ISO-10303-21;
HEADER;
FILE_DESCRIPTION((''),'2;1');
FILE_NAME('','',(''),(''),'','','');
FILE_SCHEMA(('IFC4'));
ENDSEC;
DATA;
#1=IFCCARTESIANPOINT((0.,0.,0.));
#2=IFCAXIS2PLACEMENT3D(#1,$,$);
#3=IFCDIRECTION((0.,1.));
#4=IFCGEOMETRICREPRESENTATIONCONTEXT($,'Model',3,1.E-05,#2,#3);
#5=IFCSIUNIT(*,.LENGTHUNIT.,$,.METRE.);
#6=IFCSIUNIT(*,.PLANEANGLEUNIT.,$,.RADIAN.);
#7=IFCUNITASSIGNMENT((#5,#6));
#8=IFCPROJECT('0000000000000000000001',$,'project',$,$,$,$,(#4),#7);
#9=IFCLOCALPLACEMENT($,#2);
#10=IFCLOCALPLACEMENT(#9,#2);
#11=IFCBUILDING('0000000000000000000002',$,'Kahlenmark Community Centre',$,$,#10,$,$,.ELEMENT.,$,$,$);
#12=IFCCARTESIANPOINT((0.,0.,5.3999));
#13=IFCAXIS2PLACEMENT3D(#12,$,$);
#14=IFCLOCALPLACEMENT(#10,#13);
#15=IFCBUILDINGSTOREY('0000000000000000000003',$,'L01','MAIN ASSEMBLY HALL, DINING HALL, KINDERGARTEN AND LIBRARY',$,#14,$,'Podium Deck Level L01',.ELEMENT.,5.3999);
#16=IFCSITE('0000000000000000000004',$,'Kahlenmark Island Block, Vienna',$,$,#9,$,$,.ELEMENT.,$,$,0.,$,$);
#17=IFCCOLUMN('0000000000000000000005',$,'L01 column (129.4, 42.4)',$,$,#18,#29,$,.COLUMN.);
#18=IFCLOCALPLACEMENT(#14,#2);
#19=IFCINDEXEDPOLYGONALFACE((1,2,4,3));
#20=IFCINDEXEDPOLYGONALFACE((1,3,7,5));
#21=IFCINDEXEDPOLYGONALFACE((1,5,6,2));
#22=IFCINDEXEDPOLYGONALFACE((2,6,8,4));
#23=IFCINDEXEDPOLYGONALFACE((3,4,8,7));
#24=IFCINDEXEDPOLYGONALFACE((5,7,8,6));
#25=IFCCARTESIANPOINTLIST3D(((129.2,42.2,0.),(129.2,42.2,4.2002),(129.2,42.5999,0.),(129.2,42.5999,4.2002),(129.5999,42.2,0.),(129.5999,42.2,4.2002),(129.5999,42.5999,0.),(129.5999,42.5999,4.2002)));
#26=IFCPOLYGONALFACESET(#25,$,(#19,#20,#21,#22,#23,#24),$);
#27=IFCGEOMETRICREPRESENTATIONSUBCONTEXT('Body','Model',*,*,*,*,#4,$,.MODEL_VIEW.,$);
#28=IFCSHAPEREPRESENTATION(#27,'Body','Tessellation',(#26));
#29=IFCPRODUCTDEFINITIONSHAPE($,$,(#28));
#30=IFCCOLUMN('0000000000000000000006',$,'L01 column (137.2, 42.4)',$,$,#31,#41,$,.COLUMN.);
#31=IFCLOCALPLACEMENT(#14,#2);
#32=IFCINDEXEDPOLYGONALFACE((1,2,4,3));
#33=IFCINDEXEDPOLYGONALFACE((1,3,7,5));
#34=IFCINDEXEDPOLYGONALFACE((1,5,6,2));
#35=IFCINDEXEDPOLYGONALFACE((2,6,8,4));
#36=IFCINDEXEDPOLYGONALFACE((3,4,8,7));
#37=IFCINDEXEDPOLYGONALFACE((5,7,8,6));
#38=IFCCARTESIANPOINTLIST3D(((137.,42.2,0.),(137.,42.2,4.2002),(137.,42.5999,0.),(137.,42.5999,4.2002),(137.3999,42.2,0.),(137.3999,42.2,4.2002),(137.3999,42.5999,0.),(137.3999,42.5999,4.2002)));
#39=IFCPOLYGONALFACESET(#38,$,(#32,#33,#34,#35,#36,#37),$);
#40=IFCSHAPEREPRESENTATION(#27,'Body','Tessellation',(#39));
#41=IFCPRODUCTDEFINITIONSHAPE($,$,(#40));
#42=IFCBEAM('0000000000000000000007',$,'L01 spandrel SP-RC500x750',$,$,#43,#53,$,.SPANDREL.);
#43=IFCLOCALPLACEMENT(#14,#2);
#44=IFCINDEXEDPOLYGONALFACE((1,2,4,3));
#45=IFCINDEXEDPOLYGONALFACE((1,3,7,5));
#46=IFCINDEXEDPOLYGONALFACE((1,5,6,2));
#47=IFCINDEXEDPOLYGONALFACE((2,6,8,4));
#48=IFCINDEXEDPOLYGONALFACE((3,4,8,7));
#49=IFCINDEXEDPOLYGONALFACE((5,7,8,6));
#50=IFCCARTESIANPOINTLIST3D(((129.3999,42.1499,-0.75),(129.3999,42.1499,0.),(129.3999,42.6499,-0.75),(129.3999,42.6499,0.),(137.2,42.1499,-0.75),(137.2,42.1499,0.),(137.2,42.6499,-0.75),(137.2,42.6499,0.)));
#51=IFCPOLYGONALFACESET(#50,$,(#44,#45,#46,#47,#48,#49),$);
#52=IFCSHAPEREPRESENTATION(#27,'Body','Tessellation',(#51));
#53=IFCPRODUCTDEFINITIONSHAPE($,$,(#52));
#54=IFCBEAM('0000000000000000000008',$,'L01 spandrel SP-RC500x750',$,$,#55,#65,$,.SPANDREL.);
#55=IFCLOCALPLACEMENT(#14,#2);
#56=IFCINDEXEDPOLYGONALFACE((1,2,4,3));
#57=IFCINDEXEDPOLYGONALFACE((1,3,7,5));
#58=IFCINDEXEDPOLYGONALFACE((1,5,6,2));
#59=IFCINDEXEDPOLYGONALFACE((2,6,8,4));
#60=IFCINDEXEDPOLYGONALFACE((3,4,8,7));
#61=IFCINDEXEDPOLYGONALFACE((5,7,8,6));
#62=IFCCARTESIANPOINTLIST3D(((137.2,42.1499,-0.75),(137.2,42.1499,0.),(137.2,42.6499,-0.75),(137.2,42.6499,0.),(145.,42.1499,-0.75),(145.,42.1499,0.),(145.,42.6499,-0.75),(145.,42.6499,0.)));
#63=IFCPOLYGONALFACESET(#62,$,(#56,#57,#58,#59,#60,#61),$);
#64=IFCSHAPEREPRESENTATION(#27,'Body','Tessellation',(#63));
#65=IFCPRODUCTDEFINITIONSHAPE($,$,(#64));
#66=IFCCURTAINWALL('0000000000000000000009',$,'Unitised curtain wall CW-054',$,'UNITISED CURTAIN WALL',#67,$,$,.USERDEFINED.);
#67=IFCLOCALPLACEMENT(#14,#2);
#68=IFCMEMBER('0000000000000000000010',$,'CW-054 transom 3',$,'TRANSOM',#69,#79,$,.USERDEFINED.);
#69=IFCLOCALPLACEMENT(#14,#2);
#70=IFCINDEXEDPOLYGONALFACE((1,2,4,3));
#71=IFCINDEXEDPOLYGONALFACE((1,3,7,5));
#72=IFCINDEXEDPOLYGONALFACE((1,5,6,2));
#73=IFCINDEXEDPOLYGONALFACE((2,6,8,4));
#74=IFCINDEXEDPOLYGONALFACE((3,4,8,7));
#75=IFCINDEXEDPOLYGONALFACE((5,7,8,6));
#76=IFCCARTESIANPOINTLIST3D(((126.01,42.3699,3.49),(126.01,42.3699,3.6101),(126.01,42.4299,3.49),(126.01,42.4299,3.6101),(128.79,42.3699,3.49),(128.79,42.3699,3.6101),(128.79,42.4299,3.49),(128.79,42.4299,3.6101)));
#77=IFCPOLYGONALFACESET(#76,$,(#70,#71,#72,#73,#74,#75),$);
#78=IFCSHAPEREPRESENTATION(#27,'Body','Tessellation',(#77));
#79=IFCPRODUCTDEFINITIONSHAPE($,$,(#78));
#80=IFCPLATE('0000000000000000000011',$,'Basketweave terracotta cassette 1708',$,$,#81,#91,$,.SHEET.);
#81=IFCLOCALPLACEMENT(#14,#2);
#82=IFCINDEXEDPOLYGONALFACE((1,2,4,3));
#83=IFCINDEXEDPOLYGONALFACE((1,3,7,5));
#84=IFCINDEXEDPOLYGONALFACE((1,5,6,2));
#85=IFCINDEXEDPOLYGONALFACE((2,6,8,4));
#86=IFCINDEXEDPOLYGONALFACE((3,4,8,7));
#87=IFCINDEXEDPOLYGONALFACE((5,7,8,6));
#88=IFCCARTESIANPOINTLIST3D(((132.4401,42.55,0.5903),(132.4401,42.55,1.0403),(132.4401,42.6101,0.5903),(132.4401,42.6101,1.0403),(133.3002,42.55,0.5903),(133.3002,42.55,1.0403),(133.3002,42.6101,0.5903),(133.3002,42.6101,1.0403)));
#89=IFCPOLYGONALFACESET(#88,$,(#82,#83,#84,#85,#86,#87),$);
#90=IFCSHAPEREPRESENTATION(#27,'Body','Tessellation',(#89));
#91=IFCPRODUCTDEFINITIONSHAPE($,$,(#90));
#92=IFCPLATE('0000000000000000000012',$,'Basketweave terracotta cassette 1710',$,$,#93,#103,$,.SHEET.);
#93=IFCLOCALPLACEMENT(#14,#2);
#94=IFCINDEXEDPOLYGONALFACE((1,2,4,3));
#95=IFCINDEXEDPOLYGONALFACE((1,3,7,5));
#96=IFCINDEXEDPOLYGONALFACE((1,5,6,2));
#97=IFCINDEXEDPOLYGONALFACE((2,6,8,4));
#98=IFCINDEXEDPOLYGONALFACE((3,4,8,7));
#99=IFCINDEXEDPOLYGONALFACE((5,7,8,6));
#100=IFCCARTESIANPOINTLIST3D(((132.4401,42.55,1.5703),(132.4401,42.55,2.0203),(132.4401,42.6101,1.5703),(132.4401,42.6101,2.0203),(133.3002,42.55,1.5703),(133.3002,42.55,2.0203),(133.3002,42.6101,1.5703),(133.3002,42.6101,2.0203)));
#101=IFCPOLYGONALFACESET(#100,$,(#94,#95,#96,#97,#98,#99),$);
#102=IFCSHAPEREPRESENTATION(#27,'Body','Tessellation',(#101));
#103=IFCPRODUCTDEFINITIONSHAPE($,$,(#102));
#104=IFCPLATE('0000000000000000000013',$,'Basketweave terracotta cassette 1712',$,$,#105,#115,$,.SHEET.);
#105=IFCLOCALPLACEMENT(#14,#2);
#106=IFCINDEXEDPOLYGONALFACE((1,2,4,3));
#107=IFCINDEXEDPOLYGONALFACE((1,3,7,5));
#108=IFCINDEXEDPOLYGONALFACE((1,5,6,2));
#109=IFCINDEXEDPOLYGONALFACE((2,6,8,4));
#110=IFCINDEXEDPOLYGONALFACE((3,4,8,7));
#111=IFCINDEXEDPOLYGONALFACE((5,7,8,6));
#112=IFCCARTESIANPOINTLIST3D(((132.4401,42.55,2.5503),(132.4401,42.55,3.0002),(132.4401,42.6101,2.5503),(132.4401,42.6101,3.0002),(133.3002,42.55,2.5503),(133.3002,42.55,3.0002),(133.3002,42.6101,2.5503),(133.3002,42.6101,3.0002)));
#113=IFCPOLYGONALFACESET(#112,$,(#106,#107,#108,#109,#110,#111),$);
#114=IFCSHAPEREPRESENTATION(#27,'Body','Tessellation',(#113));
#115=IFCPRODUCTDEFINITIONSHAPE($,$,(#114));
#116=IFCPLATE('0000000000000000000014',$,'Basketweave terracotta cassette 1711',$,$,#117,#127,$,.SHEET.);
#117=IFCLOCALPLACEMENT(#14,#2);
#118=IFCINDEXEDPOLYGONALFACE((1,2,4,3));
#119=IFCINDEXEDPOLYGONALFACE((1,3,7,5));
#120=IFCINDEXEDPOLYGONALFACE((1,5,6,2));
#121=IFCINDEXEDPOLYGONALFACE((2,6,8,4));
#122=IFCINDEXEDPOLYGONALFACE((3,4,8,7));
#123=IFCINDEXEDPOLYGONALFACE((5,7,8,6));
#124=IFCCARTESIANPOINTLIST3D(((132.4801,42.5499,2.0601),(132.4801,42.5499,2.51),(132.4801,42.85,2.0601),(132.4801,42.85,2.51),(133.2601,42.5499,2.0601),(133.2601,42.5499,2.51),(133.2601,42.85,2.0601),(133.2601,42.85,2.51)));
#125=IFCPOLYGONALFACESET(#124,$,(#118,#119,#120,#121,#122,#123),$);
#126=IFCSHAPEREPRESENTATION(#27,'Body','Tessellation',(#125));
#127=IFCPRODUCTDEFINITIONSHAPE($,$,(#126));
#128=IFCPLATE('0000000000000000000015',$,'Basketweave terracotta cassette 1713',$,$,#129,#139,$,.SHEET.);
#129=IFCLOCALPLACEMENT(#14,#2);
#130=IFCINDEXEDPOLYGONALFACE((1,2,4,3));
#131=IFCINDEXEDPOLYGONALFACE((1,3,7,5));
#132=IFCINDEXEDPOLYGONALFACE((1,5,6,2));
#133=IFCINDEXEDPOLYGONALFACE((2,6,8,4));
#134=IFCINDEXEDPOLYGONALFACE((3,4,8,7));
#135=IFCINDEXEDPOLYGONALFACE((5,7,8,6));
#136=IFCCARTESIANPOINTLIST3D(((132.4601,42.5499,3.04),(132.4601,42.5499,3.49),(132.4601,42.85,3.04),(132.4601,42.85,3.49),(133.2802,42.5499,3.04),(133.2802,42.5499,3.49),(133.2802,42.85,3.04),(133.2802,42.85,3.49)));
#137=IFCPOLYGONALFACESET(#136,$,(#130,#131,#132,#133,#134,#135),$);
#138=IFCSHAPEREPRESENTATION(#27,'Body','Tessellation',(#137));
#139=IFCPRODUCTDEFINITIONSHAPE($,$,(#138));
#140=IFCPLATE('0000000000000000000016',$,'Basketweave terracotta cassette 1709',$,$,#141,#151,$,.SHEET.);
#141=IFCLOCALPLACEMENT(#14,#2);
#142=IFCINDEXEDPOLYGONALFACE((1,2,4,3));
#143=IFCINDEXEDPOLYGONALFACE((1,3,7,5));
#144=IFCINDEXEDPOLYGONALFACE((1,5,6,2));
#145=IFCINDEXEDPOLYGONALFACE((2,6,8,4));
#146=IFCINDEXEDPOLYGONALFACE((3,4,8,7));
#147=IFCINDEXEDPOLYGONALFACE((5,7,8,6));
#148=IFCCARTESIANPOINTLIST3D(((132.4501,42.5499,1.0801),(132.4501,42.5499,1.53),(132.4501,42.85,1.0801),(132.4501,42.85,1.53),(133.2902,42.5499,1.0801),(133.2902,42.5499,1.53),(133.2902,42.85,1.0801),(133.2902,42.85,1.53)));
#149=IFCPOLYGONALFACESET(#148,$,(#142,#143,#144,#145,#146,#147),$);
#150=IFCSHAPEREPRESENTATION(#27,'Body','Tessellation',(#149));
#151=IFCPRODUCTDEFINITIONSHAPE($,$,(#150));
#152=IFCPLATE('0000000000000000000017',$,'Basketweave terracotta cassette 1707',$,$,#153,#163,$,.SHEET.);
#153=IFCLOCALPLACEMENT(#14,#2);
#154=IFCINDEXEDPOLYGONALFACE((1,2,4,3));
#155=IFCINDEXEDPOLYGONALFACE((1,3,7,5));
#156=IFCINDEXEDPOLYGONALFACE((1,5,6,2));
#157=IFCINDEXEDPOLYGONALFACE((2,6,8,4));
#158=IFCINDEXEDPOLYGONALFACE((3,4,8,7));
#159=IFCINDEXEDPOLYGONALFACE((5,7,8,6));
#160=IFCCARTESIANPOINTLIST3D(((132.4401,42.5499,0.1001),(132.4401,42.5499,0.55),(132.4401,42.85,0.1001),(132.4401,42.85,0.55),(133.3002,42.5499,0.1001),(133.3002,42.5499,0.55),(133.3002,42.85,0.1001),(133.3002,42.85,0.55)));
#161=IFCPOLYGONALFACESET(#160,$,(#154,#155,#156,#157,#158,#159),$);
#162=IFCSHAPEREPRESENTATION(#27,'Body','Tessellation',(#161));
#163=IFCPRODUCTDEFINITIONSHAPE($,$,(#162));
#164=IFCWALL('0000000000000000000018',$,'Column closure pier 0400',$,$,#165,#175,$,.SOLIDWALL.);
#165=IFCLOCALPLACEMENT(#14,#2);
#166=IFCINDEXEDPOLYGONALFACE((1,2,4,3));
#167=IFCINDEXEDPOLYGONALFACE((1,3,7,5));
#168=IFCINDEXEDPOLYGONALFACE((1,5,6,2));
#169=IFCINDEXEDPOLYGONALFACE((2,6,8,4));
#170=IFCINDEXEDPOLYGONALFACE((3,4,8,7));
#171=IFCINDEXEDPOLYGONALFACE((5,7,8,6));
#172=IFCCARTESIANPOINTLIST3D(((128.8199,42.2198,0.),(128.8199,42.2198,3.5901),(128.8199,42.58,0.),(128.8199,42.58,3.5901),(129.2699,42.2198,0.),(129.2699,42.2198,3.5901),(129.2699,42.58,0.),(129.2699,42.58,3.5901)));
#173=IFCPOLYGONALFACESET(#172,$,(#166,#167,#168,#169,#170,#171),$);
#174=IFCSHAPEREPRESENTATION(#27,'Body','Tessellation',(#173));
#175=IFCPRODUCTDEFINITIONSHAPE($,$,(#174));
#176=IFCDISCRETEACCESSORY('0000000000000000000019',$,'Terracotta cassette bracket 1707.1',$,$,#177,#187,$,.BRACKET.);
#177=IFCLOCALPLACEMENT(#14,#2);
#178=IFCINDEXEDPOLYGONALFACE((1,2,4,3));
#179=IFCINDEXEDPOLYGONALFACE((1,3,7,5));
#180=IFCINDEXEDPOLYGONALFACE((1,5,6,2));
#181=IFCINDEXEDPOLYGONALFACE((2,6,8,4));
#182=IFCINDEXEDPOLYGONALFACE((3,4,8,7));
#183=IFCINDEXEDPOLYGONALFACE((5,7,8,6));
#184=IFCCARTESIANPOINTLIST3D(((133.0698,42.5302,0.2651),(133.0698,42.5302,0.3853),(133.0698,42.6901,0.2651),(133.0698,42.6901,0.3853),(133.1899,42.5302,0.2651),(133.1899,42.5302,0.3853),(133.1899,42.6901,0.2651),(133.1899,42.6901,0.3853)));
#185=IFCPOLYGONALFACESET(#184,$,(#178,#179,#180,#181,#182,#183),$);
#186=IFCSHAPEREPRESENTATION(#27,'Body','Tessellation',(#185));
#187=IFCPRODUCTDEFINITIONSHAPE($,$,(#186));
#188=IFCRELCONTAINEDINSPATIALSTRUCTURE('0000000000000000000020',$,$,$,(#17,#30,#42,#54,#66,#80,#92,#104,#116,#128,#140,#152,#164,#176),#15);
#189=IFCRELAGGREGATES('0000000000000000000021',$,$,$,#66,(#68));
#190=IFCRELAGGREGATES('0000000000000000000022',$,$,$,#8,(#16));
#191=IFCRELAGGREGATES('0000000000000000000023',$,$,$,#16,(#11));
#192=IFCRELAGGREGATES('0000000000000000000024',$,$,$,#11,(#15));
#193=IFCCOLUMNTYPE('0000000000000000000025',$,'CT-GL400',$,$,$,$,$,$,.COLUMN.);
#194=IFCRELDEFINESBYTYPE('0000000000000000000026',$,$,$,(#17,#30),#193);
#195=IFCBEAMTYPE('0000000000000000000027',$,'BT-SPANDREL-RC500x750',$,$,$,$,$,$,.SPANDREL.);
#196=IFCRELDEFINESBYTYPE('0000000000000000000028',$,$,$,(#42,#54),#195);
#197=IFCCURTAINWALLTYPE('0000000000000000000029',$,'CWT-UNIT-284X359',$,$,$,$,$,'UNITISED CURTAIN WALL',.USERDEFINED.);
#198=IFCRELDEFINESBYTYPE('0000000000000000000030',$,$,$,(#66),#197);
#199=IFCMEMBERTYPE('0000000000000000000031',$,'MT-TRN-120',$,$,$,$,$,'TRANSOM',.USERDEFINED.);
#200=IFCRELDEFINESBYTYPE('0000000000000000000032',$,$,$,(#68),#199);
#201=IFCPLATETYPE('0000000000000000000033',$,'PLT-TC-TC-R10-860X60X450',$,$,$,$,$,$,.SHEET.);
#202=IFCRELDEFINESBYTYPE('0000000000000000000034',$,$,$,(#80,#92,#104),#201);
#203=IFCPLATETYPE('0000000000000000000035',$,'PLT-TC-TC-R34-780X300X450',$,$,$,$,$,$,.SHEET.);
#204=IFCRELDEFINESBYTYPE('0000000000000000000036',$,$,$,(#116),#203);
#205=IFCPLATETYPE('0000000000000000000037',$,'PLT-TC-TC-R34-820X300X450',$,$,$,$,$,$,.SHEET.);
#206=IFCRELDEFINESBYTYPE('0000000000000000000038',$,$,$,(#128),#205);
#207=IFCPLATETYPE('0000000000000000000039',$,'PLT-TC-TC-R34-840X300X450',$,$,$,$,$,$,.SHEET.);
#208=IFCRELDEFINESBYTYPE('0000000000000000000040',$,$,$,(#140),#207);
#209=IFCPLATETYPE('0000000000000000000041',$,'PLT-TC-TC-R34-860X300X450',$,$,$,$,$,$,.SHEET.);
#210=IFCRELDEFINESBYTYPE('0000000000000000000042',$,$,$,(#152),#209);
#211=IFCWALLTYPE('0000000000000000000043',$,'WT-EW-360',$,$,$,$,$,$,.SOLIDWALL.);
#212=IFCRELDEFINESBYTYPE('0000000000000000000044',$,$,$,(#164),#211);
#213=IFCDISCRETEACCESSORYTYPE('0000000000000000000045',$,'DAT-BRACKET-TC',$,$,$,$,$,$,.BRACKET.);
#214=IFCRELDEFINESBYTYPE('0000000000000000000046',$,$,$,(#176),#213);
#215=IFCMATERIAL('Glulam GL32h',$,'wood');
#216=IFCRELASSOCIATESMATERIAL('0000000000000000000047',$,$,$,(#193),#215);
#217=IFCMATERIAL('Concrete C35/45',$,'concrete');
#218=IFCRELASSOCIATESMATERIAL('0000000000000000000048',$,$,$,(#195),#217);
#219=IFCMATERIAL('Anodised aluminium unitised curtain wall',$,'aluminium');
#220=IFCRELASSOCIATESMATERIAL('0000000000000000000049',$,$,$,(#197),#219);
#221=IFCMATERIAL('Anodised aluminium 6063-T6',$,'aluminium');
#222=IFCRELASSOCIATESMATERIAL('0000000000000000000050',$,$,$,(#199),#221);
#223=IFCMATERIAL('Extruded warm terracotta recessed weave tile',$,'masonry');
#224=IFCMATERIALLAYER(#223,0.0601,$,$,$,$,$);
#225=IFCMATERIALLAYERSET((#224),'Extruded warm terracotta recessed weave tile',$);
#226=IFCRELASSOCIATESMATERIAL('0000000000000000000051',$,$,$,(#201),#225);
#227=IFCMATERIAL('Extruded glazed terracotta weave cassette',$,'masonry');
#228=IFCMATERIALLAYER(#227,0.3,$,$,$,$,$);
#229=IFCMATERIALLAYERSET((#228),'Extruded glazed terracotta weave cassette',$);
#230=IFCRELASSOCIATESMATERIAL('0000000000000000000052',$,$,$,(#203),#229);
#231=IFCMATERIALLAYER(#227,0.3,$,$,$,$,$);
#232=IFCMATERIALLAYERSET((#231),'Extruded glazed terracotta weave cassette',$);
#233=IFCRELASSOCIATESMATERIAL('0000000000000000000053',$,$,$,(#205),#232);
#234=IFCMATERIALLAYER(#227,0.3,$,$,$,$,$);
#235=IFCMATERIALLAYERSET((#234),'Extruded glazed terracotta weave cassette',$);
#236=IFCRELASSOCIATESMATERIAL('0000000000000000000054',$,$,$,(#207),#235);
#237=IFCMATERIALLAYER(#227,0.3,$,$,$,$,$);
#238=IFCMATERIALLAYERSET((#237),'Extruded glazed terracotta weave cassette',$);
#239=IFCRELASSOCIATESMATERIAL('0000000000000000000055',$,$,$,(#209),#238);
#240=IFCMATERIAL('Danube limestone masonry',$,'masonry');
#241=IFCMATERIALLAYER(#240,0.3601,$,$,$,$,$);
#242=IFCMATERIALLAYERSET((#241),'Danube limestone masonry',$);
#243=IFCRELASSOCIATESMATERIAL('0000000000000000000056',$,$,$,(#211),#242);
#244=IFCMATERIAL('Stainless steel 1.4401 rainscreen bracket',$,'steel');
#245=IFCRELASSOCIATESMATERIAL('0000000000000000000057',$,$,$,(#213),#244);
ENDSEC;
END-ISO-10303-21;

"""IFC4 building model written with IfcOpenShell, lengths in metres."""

from ifc_helpers import new_model, si_unit, direction, frame, frame_2d, origin, origin_2d, place, context, subcontext, project, spatial, rectangle, extrude, material, layer, layer_set, material_profile, profile_set, type_object, element, aggregate, save


model = new_model("IFC4")

# Units and contexts
model_context = context("Model", 3, precision=1e-05, world=origin(), true_north=direction((0.0, 1.0)))
body_context = subcontext(model_context, "Body", "Model", "MODEL_VIEW")
ifc_project = project(units=[si_unit("LENGTHUNIT", "METRE"), si_unit("PLANEANGLEUNIT", "RADIAN")], contexts=[model_context])

# Site, building, storey
site_placement = place(None, origin())
site = spatial("IfcSite", under=ifc_project, at=site_placement, Name="Kahlenmark Island Block, Vienna", CompositionType="ELEMENT", RefElevation=0.0)
building_placement = place(site_placement, origin())
building = spatial("IfcBuilding", under=site, at=building_placement, Name="Kahlenmark Community Centre", CompositionType="ELEMENT")
storey_placement = place(building_placement, frame((0.0, 0.0, 5.3999)))
storey = spatial("IfcBuildingStorey", under=building, at=storey_placement, Name="L01", Description="MAIN ASSEMBLY HALL, DINING HALL, KINDERGARTEN AND LIBRARY", LongName="Podium Deck Level L01", CompositionType="ELEMENT", Elevation=5.3999)

# Columns
ifc_material_1 = material(Name="Glulam GL32h", Category="wood")
ifc_material_profile_1 = material_profile(ifc_material_1, rectangle(XDim=0.3999, YDim=0.3999, at=origin_2d()), Name="GL32h 400x400")
ifc_profile_set_1 = profile_set([ifc_material_profile_1], Name="Glulam GL32h")
column_type = type_object("IfcColumnType", Name="CT-GL400", PredefinedType="COLUMN", material=ifc_profile_set_1)
for number, where, z_axis, x_axis, name in (
    (1, (129.3999, 42.3999, 0.0), (0.0, 0.0, 1.0), (1.0, 0.0, 0.0), "L01 column (129.4, 42.4)"),
    (2, (137.2, 42.3999, 0.0), (0.0, 0.0, 1.0), (1.0, 0.0, 0.0), "L01 column (137.2, 42.4)"),
):
    element("IfcColumn", number, at=place(storey_placement, frame(where, z_axis=z_axis, x_axis=x_axis)), inside=storey, type_object=column_type, Name=name, PredefinedType="COLUMN", context=body_context, shape_type="SweptSolid", body=[
        extrude(rectangle(XDim=0.3999, YDim=0.3999, at=origin_2d()), origin(), (0.0, 0.0, 1.0), 4.2002),
    ])

# Beams
ifc_material_2 = material(Name="Concrete C35/45", Category="concrete")
ifc_material_profile_2 = material_profile(ifc_material_2, rectangle(XDim=0.5, YDim=0.75, at=origin_2d()), Name="RC 500x750")
ifc_profile_set_2 = profile_set([ifc_material_profile_2], Name="Concrete C35/45")
beam_type = type_object("IfcBeamType", Name="BT-SPANDREL-RC500x750", PredefinedType="SPANDREL", material=ifc_profile_set_2)
for number, where, z_axis, x_axis, name in (
    (3, (129.3999, 42.3999, -0.375), (1.0, 0.0, 0.0), (0.0, 1.0, 0.0), "L01 spandrel SP-RC500x750"),
    (4, (137.2, 42.3999, -0.375), (1.0, 0.0, 0.0), (0.0, 1.0, 0.0), "L01 spandrel SP-RC500x750"),
):
    element("IfcBeam", number, at=place(storey_placement, frame(where, z_axis=z_axis, x_axis=x_axis)), inside=storey, type_object=beam_type, Name=name, PredefinedType="SPANDREL", context=body_context, shape_type="SweptSolid", body=[
        extrude(rectangle(XDim=0.5, YDim=0.75, at=origin_2d()), origin(), (0.0, 0.0, 1.0), 7.8),
    ])

# Curtain wall, member
ifc_material_3 = material(Name="Anodised aluminium unitised curtain wall", Category="aluminium")
curtain_wall_type = type_object("IfcCurtainWallType", Name="CWT-UNIT-284X359", ElementType="UNITISED CURTAIN WALL", PredefinedType="USERDEFINED", material=ifc_material_3)
curtain_wall_placement = place(storey_placement, origin())
curtain_wall = element("IfcCurtainWall", 5, at=curtain_wall_placement, inside=storey, type_object=curtain_wall_type, Name="Unitised curtain wall CW-054", ObjectType="UNITISED CURTAIN WALL", PredefinedType="USERDEFINED")
ifc_material_4 = material(Name="Anodised aluminium 6063-T6", Category="aluminium")
ifc_material_profile_3 = material_profile(ifc_material_4, rectangle(XDim=0.0601, YDim=0.1201, at=origin_2d()), Name="ALU TRANSOM 60x120")
ifc_profile_set_3 = profile_set([ifc_material_profile_3], Name="Anodised aluminium 6063-T6")
member_type = type_object("IfcMemberType", Name="MT-TRN-120", ElementType="TRANSOM", PredefinedType="USERDEFINED", material=ifc_profile_set_3)
member_placement = place(storey_placement, frame((128.79, 42.3999, 3.55), z_axis=(-1.0, 0.0, 0.0), x_axis=(0.0, -1.0, 0.0)))
member = element("IfcMember", 6, at=member_placement, type_object=member_type, Name="CW-054 transom 3", ObjectType="TRANSOM", PredefinedType="USERDEFINED", context=body_context, shape_type="SweptSolid", body=[
    extrude(rectangle(XDim=0.0601, YDim=0.1201, at=origin_2d()), origin(), (0.0, 0.0, 1.0), 2.78),
])
aggregate(curtain_wall, [member])

# Plates
ifc_material_5 = material(Name="Extruded warm terracotta recessed weave tile", Category="masonry")
ifc_layer_1 = layer(ifc_material_5, 0.0601)
ifc_layer_set_1 = layer_set([ifc_layer_1], Name="Extruded warm terracotta recessed weave tile")
plate_type_1 = type_object("IfcPlateType", Name="PLT-TC-TC-R10-860X60X450", PredefinedType="SHEET", material=ifc_layer_set_1)
for number, where, z_axis, x_axis, name in (
    (7, (132.8701, 42.5801, 0.5903), (0.0, 0.0, 1.0), (-1.0, 0.0, 0.0), "Basketweave terracotta cassette 1708"),
    (8, (132.8701, 42.5801, 1.5703), (0.0, 0.0, 1.0), (-1.0, 0.0, 0.0), "Basketweave terracotta cassette 1710"),
    (9, (132.8701, 42.5801, 2.5503), (0.0, 0.0, 1.0), (-1.0, 0.0, 0.0), "Basketweave terracotta cassette 1712"),
):
    element("IfcPlate", number, at=place(storey_placement, frame(where, z_axis=z_axis, x_axis=x_axis)), inside=storey, type_object=plate_type_1, Name=name, PredefinedType="SHEET", context=body_context, shape_type="SweptSolid", body=[
        extrude(rectangle(XDim=0.8601, YDim=0.0601, at=origin_2d()), origin(), (0.0, 0.0, 1.0), 0.45),
    ])
ifc_material_6 = material(Name="Extruded glazed terracotta weave cassette", Category="masonry")
ifc_layer_2 = layer(ifc_material_6, 0.3)
ifc_layer_set_2 = layer_set([ifc_layer_2], Name="Extruded glazed terracotta weave cassette")
plate_type_2 = type_object("IfcPlateType", Name="PLT-TC-TC-R34-780X300X450", PredefinedType="SHEET", material=ifc_layer_set_2)
plate_1_placement = place(storey_placement, frame((132.8701, 42.7, 2.0601), z_axis=(0.0, 0.0, 1.0), x_axis=(-1.0, 0.0, 0.0)))
element("IfcPlate", 10, at=plate_1_placement, inside=storey, type_object=plate_type_2, Name="Basketweave terracotta cassette 1711", PredefinedType="SHEET", context=body_context, shape_type="SweptSolid", body=[
    extrude(rectangle(XDim=0.78, YDim=0.3, at=origin_2d()), origin(), (0.0, 0.0, 1.0), 0.45),
])
ifc_layer_3 = layer(ifc_material_6, 0.3)
ifc_layer_set_3 = layer_set([ifc_layer_3], Name="Extruded glazed terracotta weave cassette")
plate_type_3 = type_object("IfcPlateType", Name="PLT-TC-TC-R34-820X300X450", PredefinedType="SHEET", material=ifc_layer_set_3)
plate_2_placement = place(storey_placement, frame((132.8701, 42.7, 3.04), z_axis=(0.0, 0.0, 1.0), x_axis=(-1.0, 0.0, 0.0)))
element("IfcPlate", 11, at=plate_2_placement, inside=storey, type_object=plate_type_3, Name="Basketweave terracotta cassette 1713", PredefinedType="SHEET", context=body_context, shape_type="SweptSolid", body=[
    extrude(rectangle(XDim=0.8201, YDim=0.3, at=origin_2d()), origin(), (0.0, 0.0, 1.0), 0.45),
])
ifc_layer_4 = layer(ifc_material_6, 0.3)
ifc_layer_set_4 = layer_set([ifc_layer_4], Name="Extruded glazed terracotta weave cassette")
plate_type_4 = type_object("IfcPlateType", Name="PLT-TC-TC-R34-840X300X450", PredefinedType="SHEET", material=ifc_layer_set_4)
plate_3_placement = place(storey_placement, frame((132.8701, 42.7, 1.0801), z_axis=(0.0, 0.0, 1.0), x_axis=(-1.0, 0.0, 0.0)))
element("IfcPlate", 12, at=plate_3_placement, inside=storey, type_object=plate_type_4, Name="Basketweave terracotta cassette 1709", PredefinedType="SHEET", context=body_context, shape_type="SweptSolid", body=[
    extrude(rectangle(XDim=0.8401, YDim=0.3, at=origin_2d()), origin(), (0.0, 0.0, 1.0), 0.45),
])
ifc_layer_5 = layer(ifc_material_6, 0.3)
ifc_layer_set_5 = layer_set([ifc_layer_5], Name="Extruded glazed terracotta weave cassette")
plate_type_5 = type_object("IfcPlateType", Name="PLT-TC-TC-R34-860X300X450", PredefinedType="SHEET", material=ifc_layer_set_5)
plate_4_placement = place(storey_placement, frame((132.8701, 42.7, 0.1001), z_axis=(0.0, 0.0, 1.0), x_axis=(-1.0, 0.0, 0.0)))
element("IfcPlate", 13, at=plate_4_placement, inside=storey, type_object=plate_type_5, Name="Basketweave terracotta cassette 1707", PredefinedType="SHEET", context=body_context, shape_type="SweptSolid", body=[
    extrude(rectangle(XDim=0.8601, YDim=0.3, at=origin_2d()), origin(), (0.0, 0.0, 1.0), 0.45),
])

# Wall
ifc_material_7 = material(Name="Danube limestone masonry", Category="masonry")
ifc_layer_6 = layer(ifc_material_7, 0.3601)
ifc_layer_set_6 = layer_set([ifc_layer_6], Name="Danube limestone masonry")
wall_type = type_object("IfcWallType", Name="WT-EW-360", PredefinedType="SOLIDWALL", material=ifc_layer_set_6)
wall_placement = place(storey_placement, frame((129.27, 42.3999, 0.0), z_axis=(0.0, 0.0, 1.0), x_axis=(-1.0, 0.0, 0.0)))
element("IfcWall", 14, at=wall_placement, inside=storey, type_object=wall_type, Name="Column closure pier 0400", PredefinedType="SOLIDWALL", context=body_context, shape_type="SweptSolid", body=[
    extrude(rectangle(XDim=0.45, YDim=0.3601, at=frame_2d((0.2251, 0.0))), origin(), (0.0, 0.0, 1.0), 3.5901),
])

# Discrete accessory
ifc_material_8 = material(Name="Stainless steel 1.4401 rainscreen bracket", Category="steel")
discrete_accessory_type = type_object("IfcDiscreteAccessoryType", Name="DAT-BRACKET-TC", PredefinedType="BRACKET", material=ifc_material_8)
for number, where, z_axis, x_axis, name in (
    (15, (133.1299, 42.6101, 0.2651), (0.0, 0.0, 1.0), (-1.0, 0.0, 0.0), "Terracotta cassette bracket 1707.1"),
):
    element("IfcDiscreteAccessory", number, at=place(storey_placement, frame(where, z_axis=z_axis, x_axis=x_axis)), inside=storey, type_object=discrete_accessory_type, Name=name, PredefinedType="BRACKET", context=body_context, shape_type="SweptSolid", body=[
        extrude(rectangle(XDim=0.1201, YDim=0.1599, at=origin_2d()), origin(), (0.0, 0.0, 1.0), 0.1201),
    ])

save(model, "model.ifc")
